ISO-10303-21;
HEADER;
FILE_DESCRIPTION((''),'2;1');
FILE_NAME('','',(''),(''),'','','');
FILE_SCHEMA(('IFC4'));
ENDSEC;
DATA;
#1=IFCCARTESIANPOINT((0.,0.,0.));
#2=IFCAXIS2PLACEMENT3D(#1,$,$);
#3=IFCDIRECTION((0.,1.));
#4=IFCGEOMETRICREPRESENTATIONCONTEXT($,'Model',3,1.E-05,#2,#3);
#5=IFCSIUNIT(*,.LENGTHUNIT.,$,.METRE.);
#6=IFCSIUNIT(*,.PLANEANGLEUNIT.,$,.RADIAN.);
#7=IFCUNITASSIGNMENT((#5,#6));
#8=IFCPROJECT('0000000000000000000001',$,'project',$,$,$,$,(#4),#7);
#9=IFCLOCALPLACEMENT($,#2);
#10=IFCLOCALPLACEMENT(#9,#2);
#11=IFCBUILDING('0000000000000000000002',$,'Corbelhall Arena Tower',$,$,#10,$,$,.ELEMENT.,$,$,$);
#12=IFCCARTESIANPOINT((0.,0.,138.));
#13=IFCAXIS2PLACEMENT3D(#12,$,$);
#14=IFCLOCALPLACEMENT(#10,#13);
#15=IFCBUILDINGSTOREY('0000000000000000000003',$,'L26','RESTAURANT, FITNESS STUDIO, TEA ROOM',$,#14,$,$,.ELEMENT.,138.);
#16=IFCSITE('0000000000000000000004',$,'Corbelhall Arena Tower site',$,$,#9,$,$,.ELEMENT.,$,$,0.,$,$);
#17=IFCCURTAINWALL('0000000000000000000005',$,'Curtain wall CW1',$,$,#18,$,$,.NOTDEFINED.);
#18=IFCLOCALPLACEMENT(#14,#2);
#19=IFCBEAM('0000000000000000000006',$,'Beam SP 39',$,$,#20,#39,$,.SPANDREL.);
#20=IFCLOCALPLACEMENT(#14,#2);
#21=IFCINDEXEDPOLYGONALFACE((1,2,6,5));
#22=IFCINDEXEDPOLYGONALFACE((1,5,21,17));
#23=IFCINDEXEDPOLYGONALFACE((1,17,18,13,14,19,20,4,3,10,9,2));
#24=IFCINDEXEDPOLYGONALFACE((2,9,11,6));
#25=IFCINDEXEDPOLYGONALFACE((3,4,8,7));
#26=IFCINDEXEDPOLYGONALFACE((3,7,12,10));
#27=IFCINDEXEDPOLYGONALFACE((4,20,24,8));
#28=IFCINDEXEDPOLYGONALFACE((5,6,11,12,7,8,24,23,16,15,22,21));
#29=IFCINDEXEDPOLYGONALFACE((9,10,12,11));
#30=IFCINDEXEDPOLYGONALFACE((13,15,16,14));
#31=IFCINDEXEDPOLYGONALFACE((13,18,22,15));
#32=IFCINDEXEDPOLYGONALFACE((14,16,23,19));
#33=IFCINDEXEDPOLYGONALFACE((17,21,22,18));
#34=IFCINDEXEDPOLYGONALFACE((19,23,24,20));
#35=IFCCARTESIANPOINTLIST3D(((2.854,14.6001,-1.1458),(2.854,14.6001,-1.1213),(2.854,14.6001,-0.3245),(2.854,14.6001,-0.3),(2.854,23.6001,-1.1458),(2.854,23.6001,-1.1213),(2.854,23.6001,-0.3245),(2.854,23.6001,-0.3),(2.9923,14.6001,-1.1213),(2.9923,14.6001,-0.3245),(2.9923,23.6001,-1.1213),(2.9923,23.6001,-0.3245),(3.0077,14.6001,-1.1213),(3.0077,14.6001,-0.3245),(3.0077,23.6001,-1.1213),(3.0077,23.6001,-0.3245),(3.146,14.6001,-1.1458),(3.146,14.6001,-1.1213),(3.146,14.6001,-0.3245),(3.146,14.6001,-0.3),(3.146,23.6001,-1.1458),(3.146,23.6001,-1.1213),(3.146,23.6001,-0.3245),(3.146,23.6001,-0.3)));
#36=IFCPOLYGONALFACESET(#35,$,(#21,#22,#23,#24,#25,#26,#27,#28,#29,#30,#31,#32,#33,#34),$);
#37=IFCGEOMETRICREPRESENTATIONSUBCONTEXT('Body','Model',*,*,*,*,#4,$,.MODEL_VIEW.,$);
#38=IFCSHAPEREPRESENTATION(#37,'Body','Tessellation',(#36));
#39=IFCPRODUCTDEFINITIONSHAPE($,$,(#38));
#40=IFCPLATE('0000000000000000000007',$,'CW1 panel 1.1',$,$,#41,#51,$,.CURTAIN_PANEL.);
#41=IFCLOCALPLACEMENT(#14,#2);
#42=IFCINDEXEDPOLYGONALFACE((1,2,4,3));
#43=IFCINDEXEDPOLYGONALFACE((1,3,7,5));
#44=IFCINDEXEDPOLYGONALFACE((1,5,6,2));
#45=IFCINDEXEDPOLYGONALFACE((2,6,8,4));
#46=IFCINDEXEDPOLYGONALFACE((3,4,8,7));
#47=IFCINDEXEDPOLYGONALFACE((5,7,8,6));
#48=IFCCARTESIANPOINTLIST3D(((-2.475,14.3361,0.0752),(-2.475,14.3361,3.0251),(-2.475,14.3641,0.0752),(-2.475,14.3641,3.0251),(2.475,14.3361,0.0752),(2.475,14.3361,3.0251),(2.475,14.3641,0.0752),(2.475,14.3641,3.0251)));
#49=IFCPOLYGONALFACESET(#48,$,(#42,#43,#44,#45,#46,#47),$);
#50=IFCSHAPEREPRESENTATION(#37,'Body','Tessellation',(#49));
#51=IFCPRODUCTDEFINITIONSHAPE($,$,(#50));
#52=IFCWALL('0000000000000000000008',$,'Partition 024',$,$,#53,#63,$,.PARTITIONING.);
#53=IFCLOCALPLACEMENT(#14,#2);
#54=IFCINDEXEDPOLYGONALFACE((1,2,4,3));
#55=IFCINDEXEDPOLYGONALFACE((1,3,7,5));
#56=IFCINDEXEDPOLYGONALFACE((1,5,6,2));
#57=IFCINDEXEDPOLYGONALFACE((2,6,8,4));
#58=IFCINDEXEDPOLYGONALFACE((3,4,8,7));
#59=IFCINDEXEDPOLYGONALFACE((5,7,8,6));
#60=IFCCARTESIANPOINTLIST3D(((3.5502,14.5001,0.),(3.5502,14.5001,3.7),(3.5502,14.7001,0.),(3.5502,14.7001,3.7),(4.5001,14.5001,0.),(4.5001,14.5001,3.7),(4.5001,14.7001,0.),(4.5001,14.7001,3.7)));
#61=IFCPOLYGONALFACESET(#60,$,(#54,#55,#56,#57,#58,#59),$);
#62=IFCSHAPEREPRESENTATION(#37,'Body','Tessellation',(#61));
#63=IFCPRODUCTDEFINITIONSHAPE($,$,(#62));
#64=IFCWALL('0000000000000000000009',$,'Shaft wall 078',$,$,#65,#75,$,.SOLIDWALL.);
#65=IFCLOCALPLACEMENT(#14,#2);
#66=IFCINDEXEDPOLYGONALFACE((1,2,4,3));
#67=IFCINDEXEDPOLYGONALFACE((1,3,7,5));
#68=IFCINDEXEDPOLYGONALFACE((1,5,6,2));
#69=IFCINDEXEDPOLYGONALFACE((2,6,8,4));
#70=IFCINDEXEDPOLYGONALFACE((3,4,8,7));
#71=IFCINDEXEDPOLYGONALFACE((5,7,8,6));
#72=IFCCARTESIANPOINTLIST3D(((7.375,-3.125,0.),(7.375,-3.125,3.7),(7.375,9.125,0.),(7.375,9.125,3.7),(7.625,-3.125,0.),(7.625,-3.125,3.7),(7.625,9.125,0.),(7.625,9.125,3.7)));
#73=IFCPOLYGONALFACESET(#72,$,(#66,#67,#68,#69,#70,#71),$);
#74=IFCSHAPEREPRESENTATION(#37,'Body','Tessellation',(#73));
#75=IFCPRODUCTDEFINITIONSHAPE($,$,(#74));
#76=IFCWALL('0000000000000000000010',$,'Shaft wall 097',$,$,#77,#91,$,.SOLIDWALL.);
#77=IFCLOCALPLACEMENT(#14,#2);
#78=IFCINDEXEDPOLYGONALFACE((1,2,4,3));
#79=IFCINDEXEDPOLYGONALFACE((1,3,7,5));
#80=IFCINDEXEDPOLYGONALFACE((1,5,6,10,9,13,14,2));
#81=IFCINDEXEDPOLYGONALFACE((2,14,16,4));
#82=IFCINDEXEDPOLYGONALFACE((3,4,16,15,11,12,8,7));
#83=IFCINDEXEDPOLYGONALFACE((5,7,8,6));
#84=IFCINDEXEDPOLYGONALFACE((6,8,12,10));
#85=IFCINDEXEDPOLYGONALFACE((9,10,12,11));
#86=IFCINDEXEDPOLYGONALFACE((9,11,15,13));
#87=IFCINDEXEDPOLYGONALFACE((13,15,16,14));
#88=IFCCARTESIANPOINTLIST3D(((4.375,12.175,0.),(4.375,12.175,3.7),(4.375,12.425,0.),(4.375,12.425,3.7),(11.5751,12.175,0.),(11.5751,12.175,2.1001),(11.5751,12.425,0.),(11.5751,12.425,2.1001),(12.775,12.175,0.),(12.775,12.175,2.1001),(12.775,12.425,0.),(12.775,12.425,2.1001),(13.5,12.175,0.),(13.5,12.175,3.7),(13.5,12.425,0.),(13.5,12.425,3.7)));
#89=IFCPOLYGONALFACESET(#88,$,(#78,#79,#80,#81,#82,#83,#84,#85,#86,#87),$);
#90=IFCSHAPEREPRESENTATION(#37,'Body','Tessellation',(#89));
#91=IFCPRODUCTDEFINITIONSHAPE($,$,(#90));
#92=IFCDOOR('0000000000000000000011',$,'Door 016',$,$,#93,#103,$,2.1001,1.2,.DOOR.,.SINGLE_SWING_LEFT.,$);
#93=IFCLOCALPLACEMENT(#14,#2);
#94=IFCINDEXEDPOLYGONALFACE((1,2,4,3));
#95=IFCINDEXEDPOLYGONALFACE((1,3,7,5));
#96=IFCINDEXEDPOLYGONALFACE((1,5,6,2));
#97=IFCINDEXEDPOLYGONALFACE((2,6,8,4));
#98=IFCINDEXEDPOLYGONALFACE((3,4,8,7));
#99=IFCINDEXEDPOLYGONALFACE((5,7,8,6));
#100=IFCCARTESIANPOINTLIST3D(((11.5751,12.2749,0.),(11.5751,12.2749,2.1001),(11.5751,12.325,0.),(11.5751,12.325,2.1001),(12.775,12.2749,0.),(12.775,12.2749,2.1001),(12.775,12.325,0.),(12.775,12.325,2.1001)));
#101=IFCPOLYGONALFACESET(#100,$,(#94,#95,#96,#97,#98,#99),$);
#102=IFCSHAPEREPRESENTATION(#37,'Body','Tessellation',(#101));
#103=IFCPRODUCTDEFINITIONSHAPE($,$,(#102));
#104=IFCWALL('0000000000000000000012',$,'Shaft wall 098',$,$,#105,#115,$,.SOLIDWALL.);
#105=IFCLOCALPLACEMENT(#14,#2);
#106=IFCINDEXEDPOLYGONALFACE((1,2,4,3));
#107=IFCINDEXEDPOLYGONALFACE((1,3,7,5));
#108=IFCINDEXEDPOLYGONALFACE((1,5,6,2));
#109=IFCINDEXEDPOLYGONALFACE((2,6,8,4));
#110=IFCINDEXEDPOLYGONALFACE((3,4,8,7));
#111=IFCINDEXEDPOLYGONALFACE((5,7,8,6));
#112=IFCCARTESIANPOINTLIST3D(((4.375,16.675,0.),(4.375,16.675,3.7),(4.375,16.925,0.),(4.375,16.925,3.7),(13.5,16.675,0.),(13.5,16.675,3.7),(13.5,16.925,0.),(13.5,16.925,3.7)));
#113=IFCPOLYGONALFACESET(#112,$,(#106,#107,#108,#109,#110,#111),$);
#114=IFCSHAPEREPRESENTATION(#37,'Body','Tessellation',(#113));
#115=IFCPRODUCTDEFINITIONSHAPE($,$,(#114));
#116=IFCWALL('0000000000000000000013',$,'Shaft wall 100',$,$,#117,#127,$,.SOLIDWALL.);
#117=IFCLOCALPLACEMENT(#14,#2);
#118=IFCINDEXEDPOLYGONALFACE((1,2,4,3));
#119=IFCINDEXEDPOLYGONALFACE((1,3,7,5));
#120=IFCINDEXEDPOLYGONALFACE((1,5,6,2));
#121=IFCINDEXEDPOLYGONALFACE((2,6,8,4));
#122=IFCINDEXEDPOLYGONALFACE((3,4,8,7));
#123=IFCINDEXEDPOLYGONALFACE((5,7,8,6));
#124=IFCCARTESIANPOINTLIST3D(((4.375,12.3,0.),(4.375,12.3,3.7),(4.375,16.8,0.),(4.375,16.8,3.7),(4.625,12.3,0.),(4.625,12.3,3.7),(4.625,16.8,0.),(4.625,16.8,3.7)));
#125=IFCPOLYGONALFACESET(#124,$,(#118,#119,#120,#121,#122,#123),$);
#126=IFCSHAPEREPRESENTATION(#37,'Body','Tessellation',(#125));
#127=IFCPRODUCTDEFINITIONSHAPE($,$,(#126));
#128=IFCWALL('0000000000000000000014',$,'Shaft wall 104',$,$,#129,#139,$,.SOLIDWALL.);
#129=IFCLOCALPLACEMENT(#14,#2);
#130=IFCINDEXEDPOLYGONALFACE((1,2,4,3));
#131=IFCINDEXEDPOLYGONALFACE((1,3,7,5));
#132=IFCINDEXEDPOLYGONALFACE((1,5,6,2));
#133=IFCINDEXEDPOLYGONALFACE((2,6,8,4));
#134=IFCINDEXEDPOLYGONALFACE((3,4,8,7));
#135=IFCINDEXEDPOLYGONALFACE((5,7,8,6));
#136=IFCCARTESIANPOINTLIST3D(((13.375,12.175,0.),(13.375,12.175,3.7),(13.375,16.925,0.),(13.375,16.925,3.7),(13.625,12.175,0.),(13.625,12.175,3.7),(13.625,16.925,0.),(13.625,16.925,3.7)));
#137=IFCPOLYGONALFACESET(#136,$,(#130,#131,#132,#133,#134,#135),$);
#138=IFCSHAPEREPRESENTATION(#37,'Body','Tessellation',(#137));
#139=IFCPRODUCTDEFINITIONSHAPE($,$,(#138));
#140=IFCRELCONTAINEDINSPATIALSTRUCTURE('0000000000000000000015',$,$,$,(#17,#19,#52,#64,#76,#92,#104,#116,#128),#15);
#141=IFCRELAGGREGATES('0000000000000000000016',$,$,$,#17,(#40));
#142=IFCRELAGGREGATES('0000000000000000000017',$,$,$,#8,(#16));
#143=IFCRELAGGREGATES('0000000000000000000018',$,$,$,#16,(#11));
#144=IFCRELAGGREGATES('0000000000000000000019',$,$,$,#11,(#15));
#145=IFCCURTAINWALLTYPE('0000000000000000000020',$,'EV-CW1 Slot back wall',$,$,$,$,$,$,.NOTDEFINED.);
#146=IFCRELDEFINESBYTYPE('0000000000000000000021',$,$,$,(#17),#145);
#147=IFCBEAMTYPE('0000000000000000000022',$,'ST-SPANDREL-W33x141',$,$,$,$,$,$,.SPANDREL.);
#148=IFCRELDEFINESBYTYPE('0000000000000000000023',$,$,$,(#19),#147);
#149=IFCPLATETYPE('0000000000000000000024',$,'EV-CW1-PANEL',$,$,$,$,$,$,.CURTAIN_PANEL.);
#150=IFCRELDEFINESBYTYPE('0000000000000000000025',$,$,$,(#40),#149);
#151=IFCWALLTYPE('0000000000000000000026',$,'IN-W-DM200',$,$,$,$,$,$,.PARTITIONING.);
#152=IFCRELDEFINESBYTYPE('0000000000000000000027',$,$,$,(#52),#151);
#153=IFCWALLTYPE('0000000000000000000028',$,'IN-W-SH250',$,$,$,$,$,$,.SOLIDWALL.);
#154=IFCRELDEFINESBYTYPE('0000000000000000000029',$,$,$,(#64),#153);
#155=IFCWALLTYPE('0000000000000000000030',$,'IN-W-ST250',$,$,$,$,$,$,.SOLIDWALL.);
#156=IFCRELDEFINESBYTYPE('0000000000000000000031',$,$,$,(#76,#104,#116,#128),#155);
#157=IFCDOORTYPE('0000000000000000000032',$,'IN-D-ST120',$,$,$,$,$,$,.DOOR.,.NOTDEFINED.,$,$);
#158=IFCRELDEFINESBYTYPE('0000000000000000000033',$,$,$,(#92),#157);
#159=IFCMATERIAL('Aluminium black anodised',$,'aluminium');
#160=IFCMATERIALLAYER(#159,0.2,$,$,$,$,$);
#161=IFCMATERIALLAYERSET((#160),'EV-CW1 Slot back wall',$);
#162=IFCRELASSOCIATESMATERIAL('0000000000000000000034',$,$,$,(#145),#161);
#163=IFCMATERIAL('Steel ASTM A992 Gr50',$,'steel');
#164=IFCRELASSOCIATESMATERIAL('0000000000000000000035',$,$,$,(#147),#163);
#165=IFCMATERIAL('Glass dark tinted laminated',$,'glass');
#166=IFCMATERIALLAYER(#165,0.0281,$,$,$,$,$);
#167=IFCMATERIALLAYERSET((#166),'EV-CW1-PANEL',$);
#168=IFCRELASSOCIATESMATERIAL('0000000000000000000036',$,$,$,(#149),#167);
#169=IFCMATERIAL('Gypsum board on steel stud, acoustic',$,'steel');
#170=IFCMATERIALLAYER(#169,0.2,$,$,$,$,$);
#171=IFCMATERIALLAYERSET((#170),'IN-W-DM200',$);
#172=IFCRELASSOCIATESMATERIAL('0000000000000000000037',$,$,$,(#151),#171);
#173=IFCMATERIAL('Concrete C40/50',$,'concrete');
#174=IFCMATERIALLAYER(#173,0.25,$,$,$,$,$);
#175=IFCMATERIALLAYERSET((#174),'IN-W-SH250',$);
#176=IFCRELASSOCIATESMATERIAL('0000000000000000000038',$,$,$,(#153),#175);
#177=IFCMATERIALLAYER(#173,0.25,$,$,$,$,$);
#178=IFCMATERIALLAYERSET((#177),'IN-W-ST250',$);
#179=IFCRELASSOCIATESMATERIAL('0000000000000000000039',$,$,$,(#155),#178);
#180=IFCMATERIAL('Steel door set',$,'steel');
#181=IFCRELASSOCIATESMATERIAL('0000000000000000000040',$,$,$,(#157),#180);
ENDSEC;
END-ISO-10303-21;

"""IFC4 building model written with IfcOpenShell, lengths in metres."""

from ifc_helpers import new_model, si_unit, direction, frame, frame_2d, origin, origin_2d, place, context, subcontext, project, spatial, rectangle, i_section, extrude, material, layer, layer_set, material_profile, profile_set, type_object, element, fill, aggregate, save


model = new_model("IFC4")

# Units and contexts
model_context = context("Model", 3, precision=1e-05, world=origin(), true_north=direction((0.0, 1.0)))
body_context = subcontext(model_context, "Body", "Model", "MODEL_VIEW")
ifc_project = project(units=[si_unit("LENGTHUNIT", "METRE"), si_unit("PLANEANGLEUNIT", "RADIAN")], contexts=[model_context])

# Site, building, storey
site_placement = place(None, origin())
site = spatial("IfcSite", under=ifc_project, at=site_placement, Name="Corbelhall Arena Tower site", CompositionType="ELEMENT", RefElevation=0.0)
building_placement = place(site_placement, origin())
building = spatial("IfcBuilding", under=site, at=building_placement, Name="Corbelhall Arena Tower", CompositionType="ELEMENT")
storey_placement = place(building_placement, frame((0.0, 0.0, 138.0)))
storey = spatial("IfcBuildingStorey", under=building, at=storey_placement, Name="L26", Description="RESTAURANT, FITNESS STUDIO, TEA ROOM", CompositionType="ELEMENT", Elevation=138.0)

# Curtain wall
ifc_material_1 = material(Name="Aluminium black anodised", Category="aluminium")
ifc_layer_1 = layer(ifc_material_1, 0.2)
ifc_layer_set_1 = layer_set([ifc_layer_1], Name="EV-CW1 Slot back wall")
curtain_wall_type = type_object("IfcCurtainWallType", Name="EV-CW1 Slot back wall", PredefinedType="NOTDEFINED", material=ifc_layer_set_1)
curtain_wall_placement = place(storey_placement, origin())
curtain_wall = element("IfcCurtainWall", 1, at=curtain_wall_placement, inside=storey, type_object=curtain_wall_type, Name="Curtain wall CW1", PredefinedType="NOTDEFINED")

# Beam
ifc_material_2 = material(Name="Steel ASTM A992 Gr50", Category="steel")
ifc_material_profile_1 = material_profile(ifc_material_2, i_section(OverallWidth=0.292, OverallDepth=0.8457, WebThickness=0.0154, FlangeThickness=0.0244, at=origin_2d()))
ifc_profile_set_1 = profile_set([ifc_material_profile_1], Name="Steel ASTM A992 Gr50")
beam_type_1 = type_object("IfcBeamType", Name="ST-SPANDREL-W33x141", PredefinedType="SPANDREL", material=ifc_profile_set_1)
beam_1_placement = place(storey_placement, frame((3.0, 14.6001, -0.7229), z_axis=(0.0, 1.0, 0.0), x_axis=(-1.0, 0.0, 0.0)))
element("IfcBeam", 2, at=beam_1_placement, inside=storey, type_object=beam_type_1, Name="Beam SP 39", PredefinedType="SPANDREL", context=body_context, shape_type="SweptSolid", body=[
    extrude(i_section(OverallWidth=0.292, OverallDepth=0.8457, WebThickness=0.0154, FlangeThickness=0.0244, at=origin_2d()), origin(), (0.0, 0.0, 1.0), 9.0),
])

# Plate
ifc_material_3 = material(Name="Glass dark tinted laminated", Category="glass")
ifc_layer_2 = layer(ifc_material_3, 0.0281)
ifc_layer_set_2 = layer_set([ifc_layer_2], Name="EV-CW1-PANEL")
plate_type = type_object("IfcPlateType", Name="EV-CW1-PANEL", PredefinedType="CURTAIN_PANEL", material=ifc_layer_set_2)
plate_placement = place(storey_placement, frame((0.0, 14.3501, 0.0752), z_axis=(0.0, 0.0, 1.0), x_axis=(-1.0, 0.0, 0.0)))
plate = element("IfcPlate", 3, at=plate_placement, type_object=plate_type, Name="CW1 panel 1.1", PredefinedType="CURTAIN_PANEL", context=body_context, shape_type="SweptSolid", body=[
    extrude(rectangle(XDim=4.95, YDim=0.0281, at=origin_2d()), origin(), (0.0, 0.0, 1.0), 2.95),
])
aggregate(curtain_wall, [plate])

# Wall
ifc_material_4 = material(Name="Gypsum board on steel stud, acoustic", Category="steel")
ifc_layer_3 = layer(ifc_material_4, 0.2)
ifc_layer_set_3 = layer_set([ifc_layer_3], Name="IN-W-DM200")
wall_type_1 = type_object("IfcWallType", Name="IN-W-DM200", PredefinedType="PARTITIONING", material=ifc_layer_set_3)
wall_1_placement = place(storey_placement, frame((3.55, 14.6001, 0.0), z_axis=(0.0, 0.0, 1.0), x_axis=(1.0, 0.0, 0.0)))
element("IfcWall", 4, at=wall_1_placement, inside=storey, type_object=wall_type_1, Name="Partition 024", PredefinedType="PARTITIONING", context=body_context, shape_type="SweptSolid", body=[
    extrude(rectangle(XDim=0.95, YDim=0.2, at=frame_2d((0.4751, 0.0))), origin(), (0.0, 0.0, 1.0), 3.7),
])

# Shared definitions
ifc_material_5 = material(Name="Steel door set", Category="steel")

# Wall
ifc_material_6 = material(Name="Concrete C40/50", Category="concrete")
ifc_layer_4 = layer(ifc_material_6, 0.25)
ifc_layer_set_4 = layer_set([ifc_layer_4], Name="IN-W-SH250")
wall_type_2 = type_object("IfcWallType", Name="IN-W-SH250", PredefinedType="SOLIDWALL", material=ifc_layer_set_4)
wall_2_placement = place(storey_placement, frame((7.5, 9.125, 0.0), z_axis=(0.0, 0.0, 1.0), x_axis=(0.0, -1.0, 0.0)))
element("IfcWall", 5, at=wall_2_placement, inside=storey, type_object=wall_type_2, Name="Shaft wall 078", PredefinedType="SOLIDWALL", context=body_context, shape_type="SweptSolid", body=[
    extrude(rectangle(XDim=12.25, YDim=0.25, at=frame_2d((6.125, 0.0))), origin(), (0.0, 0.0, 1.0), 3.7),
])

# Wall, opening, door
ifc_layer_5 = layer(ifc_material_6, 0.25)
ifc_layer_set_5 = layer_set([ifc_layer_5], Name="IN-W-ST250")
wall_type_3 = type_object("IfcWallType", Name="IN-W-ST250", PredefinedType="SOLIDWALL", material=ifc_layer_set_5)
wall_3_placement = place(storey_placement, frame((4.375, 12.3, 0.0), z_axis=(0.0, 0.0, 1.0), x_axis=(1.0, 0.0, 0.0)))
wall_3 = element("IfcWall", 6, at=wall_3_placement, inside=storey, type_object=wall_type_3, Name="Shaft wall 097", PredefinedType="SOLIDWALL", context=body_context, shape_type="SweptSolid", body=[
    extrude(rectangle(XDim=9.125, YDim=0.25, at=frame_2d((4.5625, 0.0))), origin(), (0.0, 0.0, 1.0), 3.7),
])
opening_1_placement = place(wall_3_placement, frame((7.2, 0.0, 0.0)))
opening_1 = element("IfcOpeningElement", 7, at=opening_1_placement, cuts=wall_3, PredefinedType="OPENING", context=body_context, shape_type="SweptSolid", body=[
    extrude(rectangle(XDim=1.2, YDim=2.1001, at=frame_2d((0.6001, 1.05))), frame((0.0, 0.125, 0.0), z_axis=(0.0, -1.0, 0.0), x_axis=(1.0, 0.0, 0.0)), (0.0, 0.0, 1.0), 0.25),
])
door_type_1 = type_object("IfcDoorType", Name="IN-D-ST120", OperationType="NOTDEFINED", PredefinedType="DOOR", material=ifc_material_5)
door_1_placement = place(opening_1_placement, origin())
door_1 = element("IfcDoor", 8, at=door_1_placement, inside=storey, type_object=door_type_1, Name="Door 016", OperationType="SINGLE_SWING_LEFT", OverallHeight=2.1001, OverallWidth=1.2, PredefinedType="DOOR", context=body_context, shape_type="SweptSolid", body=[
    extrude(rectangle(XDim=1.2, YDim=2.1001, at=frame_2d((0.6001, 1.05))), frame((0.0, 0.0249, 0.0), z_axis=(0.0, -1.0, 0.0), x_axis=(1.0, 0.0, 0.0)), (0.0, 0.0, 1.0), 0.05),
])
fill(opening_1, door_1)

# Walls
wall_4_placement = place(storey_placement, frame((4.375, 16.8, 0.0), z_axis=(0.0, 0.0, 1.0), x_axis=(1.0, 0.0, 0.0)))
element("IfcWall", 9, at=wall_4_placement, inside=storey, type_object=wall_type_3, Name="Shaft wall 098", PredefinedType="SOLIDWALL", context=body_context, shape_type="SweptSolid", body=[
    extrude(rectangle(XDim=9.125, YDim=0.25, at=frame_2d((4.5625, 0.0))), origin(), (0.0, 0.0, 1.0), 3.7),
])
wall_5_placement = place(storey_placement, frame((4.5, 12.3, 0.0), z_axis=(0.0, 0.0, 1.0), x_axis=(0.0, 1.0, 0.0)))
element("IfcWall", 10, at=wall_5_placement, inside=storey, type_object=wall_type_3, Name="Shaft wall 100", PredefinedType="SOLIDWALL", context=body_context, shape_type="SweptSolid", body=[
    extrude(rectangle(XDim=4.5, YDim=0.25, at=frame_2d((2.25, 0.0))), origin(), (0.0, 0.0, 1.0), 3.7),
])
wall_6_placement = place(storey_placement, frame((13.5, 12.175, 0.0), z_axis=(0.0, 0.0, 1.0), x_axis=(0.0, 1.0, 0.0)))
element("IfcWall", 11, at=wall_6_placement, inside=storey, type_object=wall_type_3, Name="Shaft wall 104", PredefinedType="SOLIDWALL", context=body_context, shape_type="SweptSolid", body=[
    extrude(rectangle(XDim=4.75, YDim=0.25, at=frame_2d((2.375, 0.0))), origin(), (0.0, 0.0, 1.0), 3.7),
])

save(model, "model.ifc")
